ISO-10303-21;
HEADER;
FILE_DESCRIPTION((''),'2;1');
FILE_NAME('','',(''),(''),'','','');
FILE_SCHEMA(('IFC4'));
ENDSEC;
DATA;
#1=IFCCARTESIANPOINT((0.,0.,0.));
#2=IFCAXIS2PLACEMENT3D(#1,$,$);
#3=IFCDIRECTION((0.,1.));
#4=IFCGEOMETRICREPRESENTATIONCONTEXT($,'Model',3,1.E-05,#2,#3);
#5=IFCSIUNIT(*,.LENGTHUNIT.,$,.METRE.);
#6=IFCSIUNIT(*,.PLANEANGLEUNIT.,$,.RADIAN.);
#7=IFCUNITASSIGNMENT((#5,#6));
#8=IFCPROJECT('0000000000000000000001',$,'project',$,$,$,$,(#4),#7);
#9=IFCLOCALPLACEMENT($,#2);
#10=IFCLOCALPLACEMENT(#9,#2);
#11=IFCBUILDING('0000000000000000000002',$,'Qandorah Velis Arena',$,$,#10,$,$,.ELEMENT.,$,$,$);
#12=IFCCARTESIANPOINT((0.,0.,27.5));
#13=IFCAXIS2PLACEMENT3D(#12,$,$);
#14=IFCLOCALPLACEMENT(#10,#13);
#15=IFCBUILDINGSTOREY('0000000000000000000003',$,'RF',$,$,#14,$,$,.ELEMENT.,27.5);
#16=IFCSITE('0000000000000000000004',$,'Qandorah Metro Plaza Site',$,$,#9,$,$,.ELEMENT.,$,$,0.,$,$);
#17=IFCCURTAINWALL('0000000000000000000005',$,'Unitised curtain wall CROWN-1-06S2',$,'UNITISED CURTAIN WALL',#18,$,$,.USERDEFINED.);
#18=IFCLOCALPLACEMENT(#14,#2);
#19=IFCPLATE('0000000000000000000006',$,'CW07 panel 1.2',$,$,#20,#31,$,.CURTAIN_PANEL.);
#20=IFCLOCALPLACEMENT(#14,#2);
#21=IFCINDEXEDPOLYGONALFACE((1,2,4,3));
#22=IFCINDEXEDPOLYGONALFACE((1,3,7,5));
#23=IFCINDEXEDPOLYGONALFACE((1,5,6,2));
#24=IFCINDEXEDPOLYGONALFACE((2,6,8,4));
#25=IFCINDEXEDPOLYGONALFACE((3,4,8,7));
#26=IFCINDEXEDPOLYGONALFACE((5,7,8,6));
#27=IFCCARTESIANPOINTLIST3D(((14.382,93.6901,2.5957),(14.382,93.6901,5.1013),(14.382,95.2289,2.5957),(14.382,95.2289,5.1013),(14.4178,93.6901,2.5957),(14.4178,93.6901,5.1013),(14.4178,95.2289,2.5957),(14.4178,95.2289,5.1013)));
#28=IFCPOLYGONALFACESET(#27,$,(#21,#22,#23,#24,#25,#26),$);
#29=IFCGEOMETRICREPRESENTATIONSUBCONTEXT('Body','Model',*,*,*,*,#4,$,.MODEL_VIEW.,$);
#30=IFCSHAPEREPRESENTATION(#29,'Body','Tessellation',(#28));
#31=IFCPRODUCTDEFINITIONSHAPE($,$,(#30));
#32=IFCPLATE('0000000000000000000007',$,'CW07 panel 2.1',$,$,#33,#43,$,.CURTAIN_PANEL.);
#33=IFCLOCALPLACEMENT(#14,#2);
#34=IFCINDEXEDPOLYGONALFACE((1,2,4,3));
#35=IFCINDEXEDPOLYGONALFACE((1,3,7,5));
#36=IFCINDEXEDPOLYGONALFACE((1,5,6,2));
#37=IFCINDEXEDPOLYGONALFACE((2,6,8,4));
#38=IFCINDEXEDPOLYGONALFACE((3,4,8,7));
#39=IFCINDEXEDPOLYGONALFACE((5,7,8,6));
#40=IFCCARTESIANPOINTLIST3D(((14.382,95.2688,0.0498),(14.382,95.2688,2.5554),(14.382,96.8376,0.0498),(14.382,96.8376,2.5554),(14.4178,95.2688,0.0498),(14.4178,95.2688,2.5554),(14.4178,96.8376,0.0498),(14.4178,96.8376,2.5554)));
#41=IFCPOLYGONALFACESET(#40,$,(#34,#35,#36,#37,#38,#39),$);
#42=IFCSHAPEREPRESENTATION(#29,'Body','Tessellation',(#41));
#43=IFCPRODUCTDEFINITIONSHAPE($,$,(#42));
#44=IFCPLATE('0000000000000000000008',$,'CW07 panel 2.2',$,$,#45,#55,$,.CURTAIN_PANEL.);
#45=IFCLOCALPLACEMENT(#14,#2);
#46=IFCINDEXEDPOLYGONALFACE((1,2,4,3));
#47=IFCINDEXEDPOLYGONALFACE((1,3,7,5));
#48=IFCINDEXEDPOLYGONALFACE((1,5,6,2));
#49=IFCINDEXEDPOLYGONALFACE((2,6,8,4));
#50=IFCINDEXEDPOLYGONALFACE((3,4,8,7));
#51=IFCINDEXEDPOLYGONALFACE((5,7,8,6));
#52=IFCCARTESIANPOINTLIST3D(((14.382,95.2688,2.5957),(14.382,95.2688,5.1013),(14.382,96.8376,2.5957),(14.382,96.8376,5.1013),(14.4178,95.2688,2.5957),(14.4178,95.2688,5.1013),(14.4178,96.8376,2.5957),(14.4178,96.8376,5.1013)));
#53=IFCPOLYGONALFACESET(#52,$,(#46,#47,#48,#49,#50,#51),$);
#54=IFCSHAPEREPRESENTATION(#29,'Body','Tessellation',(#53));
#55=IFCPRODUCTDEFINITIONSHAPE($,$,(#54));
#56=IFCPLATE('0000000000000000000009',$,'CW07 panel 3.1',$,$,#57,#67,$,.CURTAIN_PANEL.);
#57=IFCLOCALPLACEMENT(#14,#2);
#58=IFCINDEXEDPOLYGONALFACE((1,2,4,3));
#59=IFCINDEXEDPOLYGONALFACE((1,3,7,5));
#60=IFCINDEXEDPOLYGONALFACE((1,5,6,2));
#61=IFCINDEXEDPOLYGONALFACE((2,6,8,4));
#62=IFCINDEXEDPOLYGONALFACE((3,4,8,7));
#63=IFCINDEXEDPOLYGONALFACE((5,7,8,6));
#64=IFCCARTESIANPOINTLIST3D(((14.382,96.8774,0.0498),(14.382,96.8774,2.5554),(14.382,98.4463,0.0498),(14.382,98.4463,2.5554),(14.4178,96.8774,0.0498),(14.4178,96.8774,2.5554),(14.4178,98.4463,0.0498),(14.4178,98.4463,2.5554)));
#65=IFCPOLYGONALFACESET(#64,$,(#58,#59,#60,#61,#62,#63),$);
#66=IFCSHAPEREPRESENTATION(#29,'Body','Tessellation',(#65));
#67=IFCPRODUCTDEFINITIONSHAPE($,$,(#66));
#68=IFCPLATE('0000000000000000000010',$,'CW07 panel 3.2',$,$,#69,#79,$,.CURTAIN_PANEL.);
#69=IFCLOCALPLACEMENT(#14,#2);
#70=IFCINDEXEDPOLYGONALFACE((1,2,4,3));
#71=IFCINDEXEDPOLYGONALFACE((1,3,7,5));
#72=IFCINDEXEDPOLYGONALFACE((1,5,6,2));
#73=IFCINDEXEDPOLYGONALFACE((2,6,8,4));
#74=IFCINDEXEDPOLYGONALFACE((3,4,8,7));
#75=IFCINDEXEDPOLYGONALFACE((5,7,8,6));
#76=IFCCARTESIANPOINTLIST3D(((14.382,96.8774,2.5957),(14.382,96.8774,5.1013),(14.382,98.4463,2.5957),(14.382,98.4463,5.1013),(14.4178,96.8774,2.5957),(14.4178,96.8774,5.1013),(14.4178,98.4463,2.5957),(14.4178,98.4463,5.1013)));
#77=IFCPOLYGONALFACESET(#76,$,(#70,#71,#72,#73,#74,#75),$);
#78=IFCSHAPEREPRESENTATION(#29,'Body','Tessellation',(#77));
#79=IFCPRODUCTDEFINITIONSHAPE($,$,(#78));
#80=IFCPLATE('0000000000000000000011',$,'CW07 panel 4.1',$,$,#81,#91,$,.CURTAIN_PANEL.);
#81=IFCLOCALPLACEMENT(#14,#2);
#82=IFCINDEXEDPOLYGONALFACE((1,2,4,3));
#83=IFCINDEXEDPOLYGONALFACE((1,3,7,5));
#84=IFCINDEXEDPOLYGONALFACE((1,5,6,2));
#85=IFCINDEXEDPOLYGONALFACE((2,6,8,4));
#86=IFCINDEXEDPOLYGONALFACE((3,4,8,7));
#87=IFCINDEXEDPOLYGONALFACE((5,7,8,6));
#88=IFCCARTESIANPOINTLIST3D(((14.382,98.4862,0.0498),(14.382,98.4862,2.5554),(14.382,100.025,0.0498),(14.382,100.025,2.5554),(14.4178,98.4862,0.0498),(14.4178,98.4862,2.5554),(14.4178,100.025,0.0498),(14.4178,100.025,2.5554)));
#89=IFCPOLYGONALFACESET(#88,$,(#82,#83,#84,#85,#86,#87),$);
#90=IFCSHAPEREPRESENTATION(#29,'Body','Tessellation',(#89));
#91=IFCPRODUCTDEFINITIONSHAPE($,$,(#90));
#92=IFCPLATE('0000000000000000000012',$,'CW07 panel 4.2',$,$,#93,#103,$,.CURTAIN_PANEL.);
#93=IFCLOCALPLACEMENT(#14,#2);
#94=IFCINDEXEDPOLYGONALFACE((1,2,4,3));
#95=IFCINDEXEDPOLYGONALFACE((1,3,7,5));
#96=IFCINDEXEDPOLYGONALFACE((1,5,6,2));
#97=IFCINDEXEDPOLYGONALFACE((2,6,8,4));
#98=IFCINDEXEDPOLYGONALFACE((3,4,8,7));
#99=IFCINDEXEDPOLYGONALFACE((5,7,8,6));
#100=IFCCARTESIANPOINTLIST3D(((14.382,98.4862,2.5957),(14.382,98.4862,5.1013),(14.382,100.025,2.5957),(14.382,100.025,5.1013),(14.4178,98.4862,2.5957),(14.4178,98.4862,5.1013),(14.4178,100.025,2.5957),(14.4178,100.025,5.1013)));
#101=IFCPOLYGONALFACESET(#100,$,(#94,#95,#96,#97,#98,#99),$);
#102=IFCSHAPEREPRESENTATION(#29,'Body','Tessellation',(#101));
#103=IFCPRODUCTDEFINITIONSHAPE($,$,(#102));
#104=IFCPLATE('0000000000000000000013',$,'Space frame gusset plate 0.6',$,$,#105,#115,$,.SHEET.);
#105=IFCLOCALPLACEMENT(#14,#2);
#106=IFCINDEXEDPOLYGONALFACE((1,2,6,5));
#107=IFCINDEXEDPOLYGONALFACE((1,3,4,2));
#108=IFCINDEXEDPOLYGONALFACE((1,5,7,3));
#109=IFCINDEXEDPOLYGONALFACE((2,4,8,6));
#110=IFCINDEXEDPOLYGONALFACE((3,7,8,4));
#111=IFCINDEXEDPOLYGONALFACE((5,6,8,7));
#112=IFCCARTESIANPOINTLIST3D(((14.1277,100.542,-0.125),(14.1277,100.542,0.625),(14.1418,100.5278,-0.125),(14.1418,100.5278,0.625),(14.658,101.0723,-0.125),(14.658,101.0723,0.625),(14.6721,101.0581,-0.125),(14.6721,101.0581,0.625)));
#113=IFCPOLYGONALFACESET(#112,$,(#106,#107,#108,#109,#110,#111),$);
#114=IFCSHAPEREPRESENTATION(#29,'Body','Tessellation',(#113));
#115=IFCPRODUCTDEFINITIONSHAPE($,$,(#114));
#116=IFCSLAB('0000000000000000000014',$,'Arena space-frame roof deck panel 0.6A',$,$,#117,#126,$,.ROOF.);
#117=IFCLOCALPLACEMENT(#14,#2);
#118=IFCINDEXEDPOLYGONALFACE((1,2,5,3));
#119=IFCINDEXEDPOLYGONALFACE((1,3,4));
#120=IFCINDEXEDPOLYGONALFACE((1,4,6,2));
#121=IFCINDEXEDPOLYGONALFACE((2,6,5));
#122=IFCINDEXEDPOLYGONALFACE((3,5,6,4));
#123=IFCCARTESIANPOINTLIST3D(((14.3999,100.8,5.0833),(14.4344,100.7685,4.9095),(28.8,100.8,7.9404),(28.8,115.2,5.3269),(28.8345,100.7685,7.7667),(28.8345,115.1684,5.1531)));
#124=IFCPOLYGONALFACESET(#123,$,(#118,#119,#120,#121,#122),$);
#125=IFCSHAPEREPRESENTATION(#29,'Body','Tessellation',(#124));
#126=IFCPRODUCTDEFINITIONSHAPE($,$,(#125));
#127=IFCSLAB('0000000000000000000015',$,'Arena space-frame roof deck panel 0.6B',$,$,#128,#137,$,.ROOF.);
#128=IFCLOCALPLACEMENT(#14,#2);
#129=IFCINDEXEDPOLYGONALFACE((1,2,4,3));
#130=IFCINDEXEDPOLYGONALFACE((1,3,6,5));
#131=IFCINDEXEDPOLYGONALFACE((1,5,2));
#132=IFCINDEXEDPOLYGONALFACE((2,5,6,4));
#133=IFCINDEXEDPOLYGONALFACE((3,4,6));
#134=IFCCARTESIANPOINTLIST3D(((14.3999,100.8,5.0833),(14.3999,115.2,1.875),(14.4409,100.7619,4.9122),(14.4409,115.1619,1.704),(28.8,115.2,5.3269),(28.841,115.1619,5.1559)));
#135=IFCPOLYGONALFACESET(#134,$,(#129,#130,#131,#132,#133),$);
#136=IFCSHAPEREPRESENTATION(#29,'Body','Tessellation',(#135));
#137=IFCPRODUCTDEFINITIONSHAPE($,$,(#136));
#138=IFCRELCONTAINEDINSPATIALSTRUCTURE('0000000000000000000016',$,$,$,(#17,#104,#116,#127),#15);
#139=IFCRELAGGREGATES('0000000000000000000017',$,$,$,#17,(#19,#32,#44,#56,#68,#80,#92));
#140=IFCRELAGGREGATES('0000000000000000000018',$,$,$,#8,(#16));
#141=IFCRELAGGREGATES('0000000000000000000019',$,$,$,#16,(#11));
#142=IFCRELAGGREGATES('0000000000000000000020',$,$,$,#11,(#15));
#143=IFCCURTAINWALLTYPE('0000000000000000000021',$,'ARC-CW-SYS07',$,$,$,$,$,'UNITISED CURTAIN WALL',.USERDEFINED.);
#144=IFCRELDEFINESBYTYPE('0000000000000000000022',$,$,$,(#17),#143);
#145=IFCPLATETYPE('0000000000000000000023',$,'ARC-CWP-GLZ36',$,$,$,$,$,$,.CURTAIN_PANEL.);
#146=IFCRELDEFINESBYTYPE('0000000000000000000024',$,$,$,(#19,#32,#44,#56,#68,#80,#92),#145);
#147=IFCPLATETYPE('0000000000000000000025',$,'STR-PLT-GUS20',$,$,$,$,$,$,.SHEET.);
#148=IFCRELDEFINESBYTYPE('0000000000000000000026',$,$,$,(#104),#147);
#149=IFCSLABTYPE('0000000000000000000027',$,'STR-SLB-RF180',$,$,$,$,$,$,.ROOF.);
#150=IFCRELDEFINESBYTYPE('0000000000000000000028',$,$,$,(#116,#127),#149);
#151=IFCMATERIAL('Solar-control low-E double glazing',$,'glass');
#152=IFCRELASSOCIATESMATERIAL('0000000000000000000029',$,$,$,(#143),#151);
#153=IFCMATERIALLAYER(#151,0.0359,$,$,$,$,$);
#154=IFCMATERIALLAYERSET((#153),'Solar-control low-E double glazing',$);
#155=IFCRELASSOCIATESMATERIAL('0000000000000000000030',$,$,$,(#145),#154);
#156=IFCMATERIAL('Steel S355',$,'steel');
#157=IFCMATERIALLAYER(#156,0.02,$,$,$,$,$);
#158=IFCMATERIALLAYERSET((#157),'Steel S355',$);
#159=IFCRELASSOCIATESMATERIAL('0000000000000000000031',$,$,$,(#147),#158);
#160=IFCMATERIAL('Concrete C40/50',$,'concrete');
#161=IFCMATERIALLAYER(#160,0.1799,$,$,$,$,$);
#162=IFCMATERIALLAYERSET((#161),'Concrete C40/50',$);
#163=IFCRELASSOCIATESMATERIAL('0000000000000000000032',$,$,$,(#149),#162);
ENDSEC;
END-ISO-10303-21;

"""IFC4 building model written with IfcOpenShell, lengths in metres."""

from ifc_helpers import new_model, si_unit, direction, frame, origin, origin_2d, place, context, subcontext, project, spatial, polyline, rectangle, outline, extrude, material, layer, layer_set, type_object, element, aggregate, save


model = new_model("IFC4")

# Units and contexts
model_context = context("Model", 3, precision=1e-05, world=origin(), true_north=direction((0.0, 1.0)))
body_context = subcontext(model_context, "Body", "Model", "MODEL_VIEW")
ifc_project = project(units=[si_unit("LENGTHUNIT", "METRE"), si_unit("PLANEANGLEUNIT", "RADIAN")], contexts=[model_context])

# Site, building, storey
site_placement = place(None, origin())
site = spatial("IfcSite", under=ifc_project, at=site_placement, Name="Qandorah Metro Plaza Site", CompositionType="ELEMENT", RefElevation=0.0)
building_placement = place(site_placement, origin())
building = spatial("IfcBuilding", under=site, at=building_placement, Name="Qandorah Velis Arena", CompositionType="ELEMENT")
storey_placement = place(building_placement, frame((0.0, 0.0, 27.5)))
storey = spatial("IfcBuildingStorey", under=building, at=storey_placement, Name="RF", CompositionType="ELEMENT", Elevation=27.5)

# Shared definitions
ifc_material_1 = material(Name="Solar-control low-E double glazing", Category="glass")

# Curtain wall
curtain_wall_type_1 = type_object("IfcCurtainWallType", Name="ARC-CW-SYS07", ElementType="UNITISED CURTAIN WALL", PredefinedType="USERDEFINED", material=ifc_material_1)
curtain_wall_1_placement = place(storey_placement, origin())
curtain_wall_1 = element("IfcCurtainWall", 1, at=curtain_wall_1_placement, inside=storey, type_object=curtain_wall_type_1, Name="Unitised curtain wall CROWN-1-06S2", ObjectType="UNITISED CURTAIN WALL", PredefinedType="USERDEFINED")

# Shared definitions
ifc_material_2 = material(Name="Steel S355", Category="steel")

# Plates
ifc_layer_1 = layer(ifc_material_1, 0.0359)
ifc_layer_set_1 = layer_set([ifc_layer_1], Name="Solar-control low-E double glazing")
plate_type_1 = type_object("IfcPlateType", Name="ARC-CWP-GLZ36", PredefinedType="CURTAIN_PANEL", material=ifc_layer_set_1)
plate_1_placement = place(storey_placement, frame((14.3999, 94.4595, 2.5957), z_axis=(0.0, 0.0, 1.0), x_axis=(0.0, 1.0, 0.0)))
plate_1 = element("IfcPlate", 2, at=plate_1_placement, type_object=plate_type_1, Name="CW07 panel 1.2", PredefinedType="CURTAIN_PANEL", context=body_context, shape_type="SweptSolid", body=[
    extrude(rectangle(XDim=1.5388, YDim=0.0359, at=origin_2d()), origin(), (0.0, 0.0, 1.0), 2.5056),
])
plate_2_placement = place(storey_placement, frame((14.3999, 96.0532, 0.0498), z_axis=(0.0, 0.0, 1.0), x_axis=(0.0, 1.0, 0.0)))
plate_2 = element("IfcPlate", 3, at=plate_2_placement, type_object=plate_type_1, Name="CW07 panel 2.1", PredefinedType="CURTAIN_PANEL", context=body_context, shape_type="SweptSolid", body=[
    extrude(rectangle(XDim=1.5688, YDim=0.0359, at=origin_2d()), origin(), (0.0, 0.0, 1.0), 2.5056),
])
plate_3_placement = place(storey_placement, frame((14.3999, 96.0532, 2.5957), z_axis=(0.0, 0.0, 1.0), x_axis=(0.0, 1.0, 0.0)))
plate_3 = element("IfcPlate", 4, at=plate_3_placement, type_object=plate_type_1, Name="CW07 panel 2.2", PredefinedType="CURTAIN_PANEL", context=body_context, shape_type="SweptSolid", body=[
    extrude(rectangle(XDim=1.5688, YDim=0.0359, at=origin_2d()), origin(), (0.0, 0.0, 1.0), 2.5056),
])
plate_4_placement = place(storey_placement, frame((14.3999, 97.6619, 0.0498), z_axis=(0.0, 0.0, 1.0), x_axis=(0.0, 1.0, 0.0)))
plate_4 = element("IfcPlate", 5, at=plate_4_placement, type_object=plate_type_1, Name="CW07 panel 3.1", PredefinedType="CURTAIN_PANEL", context=body_context, shape_type="SweptSolid", body=[
    extrude(rectangle(XDim=1.5688, YDim=0.0359, at=origin_2d()), origin(), (0.0, 0.0, 1.0), 2.5056),
])
plate_5_placement = place(storey_placement, frame((14.3999, 97.6619, 2.5957), z_axis=(0.0, 0.0, 1.0), x_axis=(0.0, 1.0, 0.0)))
plate_5 = element("IfcPlate", 6, at=plate_5_placement, type_object=plate_type_1, Name="CW07 panel 3.2", PredefinedType="CURTAIN_PANEL", context=body_context, shape_type="SweptSolid", body=[
    extrude(rectangle(XDim=1.5688, YDim=0.0359, at=origin_2d()), origin(), (0.0, 0.0, 1.0), 2.5056),
])
plate_6_placement = place(storey_placement, frame((14.3999, 99.2556, 0.0498), z_axis=(0.0, 0.0, 1.0), x_axis=(0.0, 1.0, 0.0)))
plate_6 = element("IfcPlate", 7, at=plate_6_placement, type_object=plate_type_1, Name="CW07 panel 4.1", PredefinedType="CURTAIN_PANEL", context=body_context, shape_type="SweptSolid", body=[
    extrude(rectangle(XDim=1.5388, YDim=0.0359, at=origin_2d()), origin(), (0.0, 0.0, 1.0), 2.5056),
])
plate_7_placement = place(storey_placement, frame((14.3999, 99.2556, 2.5957), z_axis=(0.0, 0.0, 1.0), x_axis=(0.0, 1.0, 0.0)))
plate_7 = element("IfcPlate", 8, at=plate_7_placement, type_object=plate_type_1, Name="CW07 panel 4.2", PredefinedType="CURTAIN_PANEL", context=body_context, shape_type="SweptSolid", body=[
    extrude(rectangle(XDim=1.5388, YDim=0.0359, at=origin_2d()), origin(), (0.0, 0.0, 1.0), 2.5056),
])
aggregate(curtain_wall_1, [plate_1, plate_2, plate_3, plate_4, plate_5, plate_6, plate_7])
ifc_layer_2 = layer(ifc_material_2, 0.02)
ifc_layer_set_2 = layer_set([ifc_layer_2], Name="Steel S355")
plate_type_2 = type_object("IfcPlateType", Name="STR-PLT-GUS20", PredefinedType="SHEET", material=ifc_layer_set_2)
plate_8_placement = place(storey_placement, frame((14.3999, 100.8, -0.125), z_axis=(0.0, 0.0, 1.0), x_axis=(0.707107, 0.707107, 0.0)))
element("IfcPlate", 9, at=plate_8_placement, inside=storey, type_object=plate_type_2, Name="Space frame gusset plate 0.6", PredefinedType="SHEET", context=body_context, shape_type="SweptSolid", body=[
    extrude(rectangle(XDim=0.75, YDim=0.02, at=origin_2d()), origin(), (0.0, 0.0, 1.0), 0.75),
])

# Slabs
ifc_material_3 = material(Name="Concrete C40/50", Category="concrete")
ifc_layer_3 = layer(ifc_material_3, 0.1799)
ifc_layer_set_3 = layer_set([ifc_layer_3], Name="Concrete C40/50")
slab_type = type_object("IfcSlabType", Name="STR-SLB-RF180", PredefinedType="ROOF", material=ifc_layer_set_3)
slab_1_placement = place(storey_placement, frame((14.3999, 100.8, 5.0833), z_axis=(-0.191607, 0.17527, 0.965695), x_axis=(0.980879, 0.0, 0.194619)))
element("IfcSlab", 10, at=slab_1_placement, inside=storey, type_object=slab_type, Name="Arena space-frame roof deck panel 0.6A", PredefinedType="ROOF", context=body_context, shape_type="SweptSolid", body=[
    extrude(outline(polyline([(0.0, 0.0), (14.6809, 0.0), (14.1722, 14.6263), (0.0, 0.0)])), origin(), (0.0, 0.0, -1.0), 0.1799),
])
slab_2_placement = place(storey_placement, frame((14.3999, 100.8, 5.0833), z_axis=(-0.227823, 0.211746, 0.9504), x_axis=(0.707062, 0.70705, 0.011964)))
element("IfcSlab", 11, at=slab_2_placement, inside=storey, type_object=slab_type, Name="Arena space-frame roof deck panel 0.6B", PredefinedType="ROOF", context=body_context, shape_type="SweptSolid", body=[
    extrude(outline(polyline([(0.0, 0.0), (20.3662, 0.0), (10.1431, 10.713), (0.0, 0.0)])), origin(), (0.0, 0.0, -1.0), 0.1799),
])

save(model, "model.ifc")
